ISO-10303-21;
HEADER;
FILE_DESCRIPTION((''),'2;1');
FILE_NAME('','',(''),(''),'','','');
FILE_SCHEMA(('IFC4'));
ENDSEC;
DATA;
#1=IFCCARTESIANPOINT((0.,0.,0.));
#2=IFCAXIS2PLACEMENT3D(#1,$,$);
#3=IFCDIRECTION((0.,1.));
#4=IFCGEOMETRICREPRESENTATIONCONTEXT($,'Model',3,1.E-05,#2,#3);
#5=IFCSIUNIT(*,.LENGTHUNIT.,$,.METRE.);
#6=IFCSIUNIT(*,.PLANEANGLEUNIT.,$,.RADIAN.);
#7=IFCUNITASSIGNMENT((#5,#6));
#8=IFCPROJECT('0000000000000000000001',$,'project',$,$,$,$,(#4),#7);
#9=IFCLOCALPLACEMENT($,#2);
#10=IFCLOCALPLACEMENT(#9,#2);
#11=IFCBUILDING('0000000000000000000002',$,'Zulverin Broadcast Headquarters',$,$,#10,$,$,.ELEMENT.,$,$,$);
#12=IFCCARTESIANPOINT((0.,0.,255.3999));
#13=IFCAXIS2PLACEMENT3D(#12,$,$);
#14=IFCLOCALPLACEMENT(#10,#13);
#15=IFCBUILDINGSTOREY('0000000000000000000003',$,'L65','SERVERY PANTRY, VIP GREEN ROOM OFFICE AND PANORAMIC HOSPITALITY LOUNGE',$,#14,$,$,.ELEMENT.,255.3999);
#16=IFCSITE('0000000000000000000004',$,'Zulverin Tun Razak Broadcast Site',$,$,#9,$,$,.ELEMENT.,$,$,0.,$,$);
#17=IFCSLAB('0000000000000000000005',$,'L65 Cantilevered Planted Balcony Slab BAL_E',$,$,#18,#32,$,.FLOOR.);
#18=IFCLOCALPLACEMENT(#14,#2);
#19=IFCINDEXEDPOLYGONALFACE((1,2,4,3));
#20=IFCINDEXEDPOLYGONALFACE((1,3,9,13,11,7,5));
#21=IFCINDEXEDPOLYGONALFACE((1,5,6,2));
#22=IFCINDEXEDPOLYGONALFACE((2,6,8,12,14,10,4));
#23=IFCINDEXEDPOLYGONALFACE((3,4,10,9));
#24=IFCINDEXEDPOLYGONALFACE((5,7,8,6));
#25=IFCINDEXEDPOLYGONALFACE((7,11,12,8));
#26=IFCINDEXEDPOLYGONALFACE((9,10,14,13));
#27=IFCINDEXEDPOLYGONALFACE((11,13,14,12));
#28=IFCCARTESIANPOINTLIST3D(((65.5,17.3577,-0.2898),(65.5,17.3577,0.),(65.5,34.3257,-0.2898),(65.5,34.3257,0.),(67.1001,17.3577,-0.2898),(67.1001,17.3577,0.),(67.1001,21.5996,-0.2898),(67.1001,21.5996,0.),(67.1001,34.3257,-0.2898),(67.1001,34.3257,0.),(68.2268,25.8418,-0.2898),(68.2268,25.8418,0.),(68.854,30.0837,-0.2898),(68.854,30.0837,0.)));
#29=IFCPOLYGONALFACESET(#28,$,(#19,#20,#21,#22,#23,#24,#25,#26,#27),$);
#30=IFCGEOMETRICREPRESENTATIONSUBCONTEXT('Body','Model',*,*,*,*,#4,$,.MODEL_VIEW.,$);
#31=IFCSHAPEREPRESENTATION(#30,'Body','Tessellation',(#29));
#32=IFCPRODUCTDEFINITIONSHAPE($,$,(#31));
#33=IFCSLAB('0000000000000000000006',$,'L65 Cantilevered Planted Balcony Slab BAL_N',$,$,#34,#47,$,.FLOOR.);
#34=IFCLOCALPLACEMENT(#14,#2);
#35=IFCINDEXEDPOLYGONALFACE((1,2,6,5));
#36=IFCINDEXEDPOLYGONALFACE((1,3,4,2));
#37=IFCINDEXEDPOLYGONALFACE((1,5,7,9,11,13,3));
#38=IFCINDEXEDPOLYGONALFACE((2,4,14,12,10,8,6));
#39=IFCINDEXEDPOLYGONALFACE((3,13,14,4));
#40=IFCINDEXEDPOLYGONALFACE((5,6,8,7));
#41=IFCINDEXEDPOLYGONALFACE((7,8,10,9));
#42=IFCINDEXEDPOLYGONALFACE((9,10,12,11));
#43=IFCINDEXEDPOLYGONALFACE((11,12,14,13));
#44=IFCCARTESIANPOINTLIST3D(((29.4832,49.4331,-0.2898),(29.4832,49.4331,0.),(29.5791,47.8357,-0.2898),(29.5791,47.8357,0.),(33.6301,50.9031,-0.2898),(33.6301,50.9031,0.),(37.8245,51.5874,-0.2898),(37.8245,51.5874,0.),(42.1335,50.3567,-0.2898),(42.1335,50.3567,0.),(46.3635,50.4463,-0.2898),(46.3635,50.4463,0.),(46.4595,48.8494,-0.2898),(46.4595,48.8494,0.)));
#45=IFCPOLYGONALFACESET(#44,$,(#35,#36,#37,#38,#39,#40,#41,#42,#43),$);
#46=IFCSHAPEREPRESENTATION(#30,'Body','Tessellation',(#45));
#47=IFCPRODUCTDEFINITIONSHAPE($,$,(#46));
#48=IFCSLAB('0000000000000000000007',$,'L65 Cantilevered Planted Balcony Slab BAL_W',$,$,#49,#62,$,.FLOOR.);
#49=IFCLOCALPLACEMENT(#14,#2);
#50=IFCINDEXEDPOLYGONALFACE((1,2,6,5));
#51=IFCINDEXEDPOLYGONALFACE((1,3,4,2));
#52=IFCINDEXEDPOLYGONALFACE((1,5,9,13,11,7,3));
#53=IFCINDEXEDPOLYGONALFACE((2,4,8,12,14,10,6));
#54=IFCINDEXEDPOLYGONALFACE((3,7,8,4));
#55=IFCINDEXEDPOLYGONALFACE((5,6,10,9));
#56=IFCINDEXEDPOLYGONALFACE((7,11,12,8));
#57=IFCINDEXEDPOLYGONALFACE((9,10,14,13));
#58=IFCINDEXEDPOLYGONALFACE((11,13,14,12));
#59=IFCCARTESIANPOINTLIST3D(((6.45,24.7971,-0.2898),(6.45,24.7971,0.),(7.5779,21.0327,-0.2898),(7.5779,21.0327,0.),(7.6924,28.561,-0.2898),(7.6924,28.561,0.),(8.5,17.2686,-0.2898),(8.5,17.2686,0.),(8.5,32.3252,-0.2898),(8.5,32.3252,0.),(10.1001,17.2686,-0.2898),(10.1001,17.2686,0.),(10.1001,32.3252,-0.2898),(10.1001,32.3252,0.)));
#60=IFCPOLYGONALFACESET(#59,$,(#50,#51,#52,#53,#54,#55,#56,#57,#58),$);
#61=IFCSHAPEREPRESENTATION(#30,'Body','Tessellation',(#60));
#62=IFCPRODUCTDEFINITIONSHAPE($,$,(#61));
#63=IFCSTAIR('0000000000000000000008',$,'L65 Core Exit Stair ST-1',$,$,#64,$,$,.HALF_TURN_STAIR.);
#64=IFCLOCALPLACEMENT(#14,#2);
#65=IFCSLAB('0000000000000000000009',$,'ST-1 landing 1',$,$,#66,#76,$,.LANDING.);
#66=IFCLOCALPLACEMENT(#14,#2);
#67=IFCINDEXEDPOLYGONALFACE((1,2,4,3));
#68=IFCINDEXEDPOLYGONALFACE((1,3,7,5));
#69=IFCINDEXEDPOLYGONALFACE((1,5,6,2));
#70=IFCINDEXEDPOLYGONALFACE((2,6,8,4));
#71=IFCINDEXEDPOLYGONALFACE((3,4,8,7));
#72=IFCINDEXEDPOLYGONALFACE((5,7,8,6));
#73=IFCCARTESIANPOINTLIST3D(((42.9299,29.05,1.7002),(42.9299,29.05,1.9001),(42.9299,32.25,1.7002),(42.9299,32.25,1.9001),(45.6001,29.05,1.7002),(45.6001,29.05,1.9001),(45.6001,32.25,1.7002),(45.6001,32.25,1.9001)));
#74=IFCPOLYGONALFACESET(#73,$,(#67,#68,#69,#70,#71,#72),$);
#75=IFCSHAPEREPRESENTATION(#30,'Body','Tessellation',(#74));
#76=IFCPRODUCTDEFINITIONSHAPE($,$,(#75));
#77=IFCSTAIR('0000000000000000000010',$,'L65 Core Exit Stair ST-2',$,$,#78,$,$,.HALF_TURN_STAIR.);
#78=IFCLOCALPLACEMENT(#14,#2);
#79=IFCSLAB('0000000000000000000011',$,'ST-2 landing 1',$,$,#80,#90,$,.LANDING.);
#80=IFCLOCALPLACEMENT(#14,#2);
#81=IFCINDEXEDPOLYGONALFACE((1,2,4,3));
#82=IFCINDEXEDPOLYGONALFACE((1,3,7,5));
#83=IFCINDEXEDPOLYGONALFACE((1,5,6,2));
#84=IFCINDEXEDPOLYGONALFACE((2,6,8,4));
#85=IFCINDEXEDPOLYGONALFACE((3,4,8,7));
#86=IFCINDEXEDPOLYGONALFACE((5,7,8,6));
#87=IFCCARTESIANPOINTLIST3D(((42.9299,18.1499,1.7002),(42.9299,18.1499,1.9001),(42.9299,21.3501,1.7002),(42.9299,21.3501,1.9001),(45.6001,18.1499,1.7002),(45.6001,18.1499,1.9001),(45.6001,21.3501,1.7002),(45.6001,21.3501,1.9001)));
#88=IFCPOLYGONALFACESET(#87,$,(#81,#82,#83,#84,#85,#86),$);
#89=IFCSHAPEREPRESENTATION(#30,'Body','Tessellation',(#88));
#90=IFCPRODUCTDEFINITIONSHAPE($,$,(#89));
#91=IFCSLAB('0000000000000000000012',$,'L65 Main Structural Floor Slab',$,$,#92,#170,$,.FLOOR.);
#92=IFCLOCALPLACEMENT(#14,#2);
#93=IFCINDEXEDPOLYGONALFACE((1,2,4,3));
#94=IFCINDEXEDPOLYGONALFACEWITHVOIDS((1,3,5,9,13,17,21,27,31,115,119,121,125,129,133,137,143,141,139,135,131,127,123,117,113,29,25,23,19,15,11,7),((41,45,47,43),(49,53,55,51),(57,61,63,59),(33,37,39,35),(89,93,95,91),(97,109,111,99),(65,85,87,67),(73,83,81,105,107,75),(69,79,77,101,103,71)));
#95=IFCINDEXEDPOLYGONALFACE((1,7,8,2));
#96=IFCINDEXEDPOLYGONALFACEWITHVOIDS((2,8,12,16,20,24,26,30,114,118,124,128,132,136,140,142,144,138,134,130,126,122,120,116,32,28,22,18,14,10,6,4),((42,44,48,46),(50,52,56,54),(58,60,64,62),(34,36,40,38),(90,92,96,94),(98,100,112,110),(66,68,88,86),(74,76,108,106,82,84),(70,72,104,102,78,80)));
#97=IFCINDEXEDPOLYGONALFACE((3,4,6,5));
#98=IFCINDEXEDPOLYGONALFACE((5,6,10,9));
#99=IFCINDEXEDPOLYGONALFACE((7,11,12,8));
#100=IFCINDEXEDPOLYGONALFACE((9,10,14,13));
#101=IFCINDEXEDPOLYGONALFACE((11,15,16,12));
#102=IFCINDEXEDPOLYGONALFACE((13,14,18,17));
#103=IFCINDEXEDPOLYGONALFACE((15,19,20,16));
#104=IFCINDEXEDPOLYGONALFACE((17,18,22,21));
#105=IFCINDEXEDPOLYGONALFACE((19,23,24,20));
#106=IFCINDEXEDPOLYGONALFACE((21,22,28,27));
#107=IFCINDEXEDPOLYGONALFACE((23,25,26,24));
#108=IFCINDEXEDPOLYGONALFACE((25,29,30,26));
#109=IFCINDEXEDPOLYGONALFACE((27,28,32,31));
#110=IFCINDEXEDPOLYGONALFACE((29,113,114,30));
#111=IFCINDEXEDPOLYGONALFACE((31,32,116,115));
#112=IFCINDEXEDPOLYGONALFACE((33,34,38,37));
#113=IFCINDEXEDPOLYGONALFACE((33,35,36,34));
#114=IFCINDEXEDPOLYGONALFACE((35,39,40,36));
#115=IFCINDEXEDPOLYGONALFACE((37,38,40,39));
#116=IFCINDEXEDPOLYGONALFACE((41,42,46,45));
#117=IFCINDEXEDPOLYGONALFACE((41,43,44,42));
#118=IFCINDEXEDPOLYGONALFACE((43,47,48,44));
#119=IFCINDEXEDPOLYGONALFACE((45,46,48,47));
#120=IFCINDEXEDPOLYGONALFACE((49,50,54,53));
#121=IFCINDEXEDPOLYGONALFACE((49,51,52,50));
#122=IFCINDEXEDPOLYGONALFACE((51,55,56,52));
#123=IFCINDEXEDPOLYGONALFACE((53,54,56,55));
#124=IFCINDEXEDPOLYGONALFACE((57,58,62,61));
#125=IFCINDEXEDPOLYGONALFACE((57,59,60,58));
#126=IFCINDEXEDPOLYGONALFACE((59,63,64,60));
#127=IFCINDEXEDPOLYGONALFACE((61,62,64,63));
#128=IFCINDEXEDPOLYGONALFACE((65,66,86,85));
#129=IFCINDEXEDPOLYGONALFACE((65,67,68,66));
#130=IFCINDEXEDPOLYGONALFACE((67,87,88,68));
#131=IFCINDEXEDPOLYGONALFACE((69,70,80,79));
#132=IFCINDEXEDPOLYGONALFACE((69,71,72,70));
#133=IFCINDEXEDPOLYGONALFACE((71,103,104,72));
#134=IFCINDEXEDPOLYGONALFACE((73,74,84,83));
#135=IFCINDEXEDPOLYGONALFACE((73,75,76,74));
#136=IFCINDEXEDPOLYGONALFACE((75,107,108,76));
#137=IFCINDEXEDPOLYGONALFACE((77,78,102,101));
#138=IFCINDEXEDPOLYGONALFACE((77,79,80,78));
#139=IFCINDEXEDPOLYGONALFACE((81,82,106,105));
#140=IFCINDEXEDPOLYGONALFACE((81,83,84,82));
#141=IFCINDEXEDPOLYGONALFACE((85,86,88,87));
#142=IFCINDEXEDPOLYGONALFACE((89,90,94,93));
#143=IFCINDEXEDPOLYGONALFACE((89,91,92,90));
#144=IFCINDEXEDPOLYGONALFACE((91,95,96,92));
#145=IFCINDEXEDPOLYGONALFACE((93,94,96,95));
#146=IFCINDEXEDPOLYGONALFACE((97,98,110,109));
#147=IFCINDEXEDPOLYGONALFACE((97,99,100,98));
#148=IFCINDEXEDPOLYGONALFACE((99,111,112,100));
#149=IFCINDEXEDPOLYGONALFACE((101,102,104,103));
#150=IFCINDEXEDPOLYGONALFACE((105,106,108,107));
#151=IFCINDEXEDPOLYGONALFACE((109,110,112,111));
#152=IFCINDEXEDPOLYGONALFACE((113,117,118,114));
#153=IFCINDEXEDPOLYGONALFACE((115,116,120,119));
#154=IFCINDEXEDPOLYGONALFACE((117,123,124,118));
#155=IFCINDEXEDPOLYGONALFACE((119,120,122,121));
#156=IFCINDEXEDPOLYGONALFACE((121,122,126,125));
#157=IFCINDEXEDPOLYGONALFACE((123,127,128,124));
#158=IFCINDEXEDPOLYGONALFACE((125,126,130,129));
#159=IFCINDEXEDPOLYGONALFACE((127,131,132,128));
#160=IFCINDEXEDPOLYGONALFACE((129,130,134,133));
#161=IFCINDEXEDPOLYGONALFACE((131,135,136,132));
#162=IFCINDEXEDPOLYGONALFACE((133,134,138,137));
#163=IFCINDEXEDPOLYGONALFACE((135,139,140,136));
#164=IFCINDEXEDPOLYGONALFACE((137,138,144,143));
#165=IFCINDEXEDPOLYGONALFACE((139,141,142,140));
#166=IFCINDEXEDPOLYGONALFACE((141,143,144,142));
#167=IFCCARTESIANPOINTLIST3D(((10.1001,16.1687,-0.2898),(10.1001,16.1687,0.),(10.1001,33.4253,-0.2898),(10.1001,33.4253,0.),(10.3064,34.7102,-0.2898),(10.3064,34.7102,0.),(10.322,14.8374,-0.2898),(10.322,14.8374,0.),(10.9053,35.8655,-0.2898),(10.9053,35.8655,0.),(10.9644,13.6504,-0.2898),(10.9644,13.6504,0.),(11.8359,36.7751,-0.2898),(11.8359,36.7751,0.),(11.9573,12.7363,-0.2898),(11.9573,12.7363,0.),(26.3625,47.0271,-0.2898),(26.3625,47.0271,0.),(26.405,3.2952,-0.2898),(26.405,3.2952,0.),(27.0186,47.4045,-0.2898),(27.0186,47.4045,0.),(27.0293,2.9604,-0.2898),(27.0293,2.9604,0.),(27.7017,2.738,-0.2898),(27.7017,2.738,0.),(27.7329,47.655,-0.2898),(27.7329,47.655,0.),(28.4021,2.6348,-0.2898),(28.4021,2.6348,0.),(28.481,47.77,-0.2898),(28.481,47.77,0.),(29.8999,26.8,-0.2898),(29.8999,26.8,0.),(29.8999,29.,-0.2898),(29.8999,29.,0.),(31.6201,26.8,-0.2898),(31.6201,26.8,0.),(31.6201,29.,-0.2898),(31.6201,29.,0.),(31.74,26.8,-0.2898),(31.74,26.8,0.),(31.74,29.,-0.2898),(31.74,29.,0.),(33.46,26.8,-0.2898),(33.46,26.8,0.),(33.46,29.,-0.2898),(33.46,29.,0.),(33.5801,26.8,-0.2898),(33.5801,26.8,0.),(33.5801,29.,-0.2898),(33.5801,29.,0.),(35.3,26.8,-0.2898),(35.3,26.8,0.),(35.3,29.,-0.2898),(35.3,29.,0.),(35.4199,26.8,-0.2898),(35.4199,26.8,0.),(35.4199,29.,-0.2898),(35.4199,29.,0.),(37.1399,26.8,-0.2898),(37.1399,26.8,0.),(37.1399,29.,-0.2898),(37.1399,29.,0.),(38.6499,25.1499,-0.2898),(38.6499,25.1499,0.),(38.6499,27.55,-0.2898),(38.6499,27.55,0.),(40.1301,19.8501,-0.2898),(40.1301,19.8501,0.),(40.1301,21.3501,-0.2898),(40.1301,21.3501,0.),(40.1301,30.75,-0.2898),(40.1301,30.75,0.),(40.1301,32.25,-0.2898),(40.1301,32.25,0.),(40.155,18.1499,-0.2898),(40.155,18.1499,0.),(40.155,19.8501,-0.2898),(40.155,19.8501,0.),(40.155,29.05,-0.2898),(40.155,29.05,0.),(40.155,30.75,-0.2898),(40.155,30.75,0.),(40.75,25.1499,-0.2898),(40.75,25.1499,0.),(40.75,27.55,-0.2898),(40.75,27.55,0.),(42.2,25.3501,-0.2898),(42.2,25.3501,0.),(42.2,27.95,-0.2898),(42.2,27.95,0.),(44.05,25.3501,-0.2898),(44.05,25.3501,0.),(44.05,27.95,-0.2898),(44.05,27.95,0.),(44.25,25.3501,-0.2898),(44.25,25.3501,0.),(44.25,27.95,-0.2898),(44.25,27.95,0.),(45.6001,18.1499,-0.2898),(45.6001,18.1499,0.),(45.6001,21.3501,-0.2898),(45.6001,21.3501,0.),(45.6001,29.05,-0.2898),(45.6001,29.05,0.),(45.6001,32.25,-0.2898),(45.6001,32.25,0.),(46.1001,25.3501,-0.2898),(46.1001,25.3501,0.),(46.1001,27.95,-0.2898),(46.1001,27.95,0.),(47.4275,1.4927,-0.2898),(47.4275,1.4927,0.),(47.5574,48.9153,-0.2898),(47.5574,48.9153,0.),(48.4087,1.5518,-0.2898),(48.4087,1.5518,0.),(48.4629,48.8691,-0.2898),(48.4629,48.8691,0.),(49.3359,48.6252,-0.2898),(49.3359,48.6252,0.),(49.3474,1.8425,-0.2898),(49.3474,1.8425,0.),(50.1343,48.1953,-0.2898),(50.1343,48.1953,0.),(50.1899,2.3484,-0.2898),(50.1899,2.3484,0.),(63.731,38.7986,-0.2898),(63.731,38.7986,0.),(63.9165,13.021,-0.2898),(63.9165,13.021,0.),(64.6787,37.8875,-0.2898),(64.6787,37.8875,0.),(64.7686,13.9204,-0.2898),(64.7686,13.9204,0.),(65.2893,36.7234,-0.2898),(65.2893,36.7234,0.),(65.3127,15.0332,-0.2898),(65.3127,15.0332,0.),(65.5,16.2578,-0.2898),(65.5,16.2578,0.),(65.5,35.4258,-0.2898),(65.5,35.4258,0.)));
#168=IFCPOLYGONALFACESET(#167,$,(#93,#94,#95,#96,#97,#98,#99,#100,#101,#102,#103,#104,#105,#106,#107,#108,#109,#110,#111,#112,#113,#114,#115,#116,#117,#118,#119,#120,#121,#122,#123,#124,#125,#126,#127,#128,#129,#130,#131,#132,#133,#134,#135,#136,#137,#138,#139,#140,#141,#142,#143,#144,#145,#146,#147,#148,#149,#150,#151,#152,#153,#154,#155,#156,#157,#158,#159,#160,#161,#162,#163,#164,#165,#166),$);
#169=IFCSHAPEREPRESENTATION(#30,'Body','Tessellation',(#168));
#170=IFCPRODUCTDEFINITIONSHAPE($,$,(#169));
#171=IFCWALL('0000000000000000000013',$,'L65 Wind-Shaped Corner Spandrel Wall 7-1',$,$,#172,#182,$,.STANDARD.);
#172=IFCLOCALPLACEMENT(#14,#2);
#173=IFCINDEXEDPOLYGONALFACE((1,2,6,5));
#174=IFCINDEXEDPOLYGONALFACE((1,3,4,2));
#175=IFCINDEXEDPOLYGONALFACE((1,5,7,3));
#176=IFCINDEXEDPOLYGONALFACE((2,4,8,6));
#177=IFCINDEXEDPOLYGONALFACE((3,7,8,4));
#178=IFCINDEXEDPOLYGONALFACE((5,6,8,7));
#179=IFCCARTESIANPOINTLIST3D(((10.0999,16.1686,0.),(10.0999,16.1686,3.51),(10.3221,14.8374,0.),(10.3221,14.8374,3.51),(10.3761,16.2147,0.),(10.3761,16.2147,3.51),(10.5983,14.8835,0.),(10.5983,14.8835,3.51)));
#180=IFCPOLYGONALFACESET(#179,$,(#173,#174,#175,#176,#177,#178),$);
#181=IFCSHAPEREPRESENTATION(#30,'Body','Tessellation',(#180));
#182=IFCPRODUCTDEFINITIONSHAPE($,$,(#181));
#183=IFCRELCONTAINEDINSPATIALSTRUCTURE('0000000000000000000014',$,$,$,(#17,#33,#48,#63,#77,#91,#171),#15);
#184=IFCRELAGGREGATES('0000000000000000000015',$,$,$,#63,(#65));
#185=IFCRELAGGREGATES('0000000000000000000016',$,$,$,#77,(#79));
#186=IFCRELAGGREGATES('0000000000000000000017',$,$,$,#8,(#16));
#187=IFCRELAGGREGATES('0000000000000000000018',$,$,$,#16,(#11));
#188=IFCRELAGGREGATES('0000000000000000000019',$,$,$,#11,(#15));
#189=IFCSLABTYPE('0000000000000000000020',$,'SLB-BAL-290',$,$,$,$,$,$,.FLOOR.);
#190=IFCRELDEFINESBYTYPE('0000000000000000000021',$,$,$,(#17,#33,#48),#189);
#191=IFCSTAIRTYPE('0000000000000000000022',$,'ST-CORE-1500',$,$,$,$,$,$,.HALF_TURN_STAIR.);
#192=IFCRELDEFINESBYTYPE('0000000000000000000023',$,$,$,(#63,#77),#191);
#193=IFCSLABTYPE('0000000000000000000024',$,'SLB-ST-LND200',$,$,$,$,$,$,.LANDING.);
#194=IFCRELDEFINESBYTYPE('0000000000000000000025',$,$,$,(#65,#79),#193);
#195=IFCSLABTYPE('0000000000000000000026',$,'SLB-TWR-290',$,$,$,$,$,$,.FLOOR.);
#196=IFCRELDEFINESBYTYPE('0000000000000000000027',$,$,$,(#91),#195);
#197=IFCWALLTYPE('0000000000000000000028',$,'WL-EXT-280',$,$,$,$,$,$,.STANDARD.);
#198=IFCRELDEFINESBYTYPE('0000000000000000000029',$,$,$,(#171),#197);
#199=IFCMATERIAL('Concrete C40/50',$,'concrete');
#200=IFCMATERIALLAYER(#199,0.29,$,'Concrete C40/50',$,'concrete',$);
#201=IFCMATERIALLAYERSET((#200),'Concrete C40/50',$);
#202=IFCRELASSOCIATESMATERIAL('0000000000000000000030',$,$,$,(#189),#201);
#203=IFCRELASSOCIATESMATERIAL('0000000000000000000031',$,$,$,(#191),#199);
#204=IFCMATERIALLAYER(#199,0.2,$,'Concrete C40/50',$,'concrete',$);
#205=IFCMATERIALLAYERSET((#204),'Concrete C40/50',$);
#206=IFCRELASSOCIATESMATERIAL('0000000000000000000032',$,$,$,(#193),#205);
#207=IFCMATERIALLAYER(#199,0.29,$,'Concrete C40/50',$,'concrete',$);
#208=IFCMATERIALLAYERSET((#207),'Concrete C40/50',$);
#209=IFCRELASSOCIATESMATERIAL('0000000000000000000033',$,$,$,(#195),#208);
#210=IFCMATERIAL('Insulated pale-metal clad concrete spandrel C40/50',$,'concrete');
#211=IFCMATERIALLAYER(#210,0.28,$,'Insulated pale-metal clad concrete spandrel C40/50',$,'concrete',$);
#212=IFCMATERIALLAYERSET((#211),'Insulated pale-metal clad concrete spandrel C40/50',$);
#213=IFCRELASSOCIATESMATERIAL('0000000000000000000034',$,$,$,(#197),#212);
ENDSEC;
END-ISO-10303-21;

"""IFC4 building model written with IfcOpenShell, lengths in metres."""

from ifc_helpers import new_model, si_unit, direction, frame, frame_2d, origin, place, context, subcontext, project, spatial, polyline, rectangle, outline, extrude, material, layer, layer_set, type_object, element, aggregate, save


model = new_model("IFC4")

# Units and contexts
model_context = context("Model", 3, precision=1e-05, world=origin(), true_north=direction((0.0, 1.0)))
body_context = subcontext(model_context, "Body", "Model", "MODEL_VIEW")
ifc_project = project(units=[si_unit("LENGTHUNIT", "METRE"), si_unit("PLANEANGLEUNIT", "RADIAN")], contexts=[model_context])

# Site, building, storey
site_placement = place(None, origin())
site = spatial("IfcSite", under=ifc_project, at=site_placement, Name="Zulverin Tun Razak Broadcast Site", CompositionType="ELEMENT", RefElevation=0.0)
building_placement = place(site_placement, origin())
building = spatial("IfcBuilding", under=site, at=building_placement, Name="Zulverin Broadcast Headquarters", CompositionType="ELEMENT")
storey_placement = place(building_placement, frame((0.0, 0.0, 255.3999)))
storey = spatial("IfcBuildingStorey", under=building, at=storey_placement, Name="L65", Description="SERVERY PANTRY, VIP GREEN ROOM OFFICE AND PANORAMIC HOSPITALITY LOUNGE", CompositionType="ELEMENT", Elevation=255.3999)

# Slabs
ifc_material_1 = material(Name="Concrete C40/50", Category="concrete")
ifc_layer_1 = layer(ifc_material_1, 0.29, Name="Concrete C40/50", Category="concrete")
ifc_layer_set_1 = layer_set([ifc_layer_1], Name="Concrete C40/50")
slab_type_1 = type_object("IfcSlabType", Name="SLB-BAL-290", PredefinedType="FLOOR", material=ifc_layer_set_1)
slab_1_placement = place(storey_placement, frame((0.0, 0.0, -0.2898)))
element("IfcSlab", 1, at=slab_1_placement, inside=storey, type_object=slab_type_1, Name="L65 Cantilevered Planted Balcony Slab BAL_E", PredefinedType="FLOOR", context=body_context, shape_type="SweptSolid", body=[
    extrude(outline(polyline([(65.5, 34.3257), (65.5, 17.3577), (67.1001, 17.3577), (67.1001, 21.5996), (68.2268, 25.8418), (68.854, 30.0837), (67.1001, 34.3257), (65.5, 34.3257)])), origin(), (0.0, 0.0, 1.0), 0.2898),
])
slab_2_placement = place(storey_placement, frame((0.0, 0.0, -0.2898)))
element("IfcSlab", 2, at=slab_2_placement, inside=storey, type_object=slab_type_1, Name="L65 Cantilevered Planted Balcony Slab BAL_N", PredefinedType="FLOOR", context=body_context, shape_type="SweptSolid", body=[
    extrude(outline(polyline([(29.5791, 47.8357), (46.4595, 48.8494), (46.3635, 50.4463), (42.1335, 50.3567), (37.8245, 51.5874), (33.6301, 50.9031), (29.4832, 49.4331), (29.5791, 47.8357)])), origin(), (0.0, 0.0, 1.0), 0.2898),
])
slab_3_placement = place(storey_placement, frame((0.0, 0.0, -0.2898)))
element("IfcSlab", 3, at=slab_3_placement, inside=storey, type_object=slab_type_1, Name="L65 Cantilevered Planted Balcony Slab BAL_W", PredefinedType="FLOOR", context=body_context, shape_type="SweptSolid", body=[
    extrude(outline(polyline([(10.1001, 17.2686), (10.1001, 32.3252), (8.5, 32.3252), (7.6924, 28.561), (6.45, 24.7971), (7.5779, 21.0327), (8.5, 17.2686), (10.1001, 17.2686)])), origin(), (0.0, 0.0, 1.0), 0.2898),
])

# Stairs, slabs
stair_type = type_object("IfcStairType", Name="ST-CORE-1500", PredefinedType="HALF_TURN_STAIR", material=ifc_material_1)
stair_1_placement = place(storey_placement, origin())
stair_1 = element("IfcStair", 4, at=stair_1_placement, inside=storey, type_object=stair_type, Name="L65 Core Exit Stair ST-1", PredefinedType="HALF_TURN_STAIR")
ifc_layer_2 = layer(ifc_material_1, 0.2, Name="Concrete C40/50", Category="concrete")
ifc_layer_set_2 = layer_set([ifc_layer_2], Name="Concrete C40/50")
slab_type_2 = type_object("IfcSlabType", Name="SLB-ST-LND200", PredefinedType="LANDING", material=ifc_layer_set_2)
slab_4_placement = place(storey_placement, frame((0.0, 0.0, 1.7002)))
slab_4 = element("IfcSlab", 5, at=slab_4_placement, type_object=slab_type_2, Name="ST-1 landing 1", PredefinedType="LANDING", context=body_context, shape_type="SweptSolid", body=[
    extrude(outline(polyline([(42.9299, 29.05), (45.6001, 29.05), (45.6001, 32.25), (42.9299, 32.25), (42.9299, 29.05)])), origin(), (0.0, 0.0, 1.0), 0.2),
])
aggregate(stair_1, [slab_4])
stair_2_placement = place(storey_placement, origin())
stair_2 = element("IfcStair", 6, at=stair_2_placement, inside=storey, type_object=stair_type, Name="L65 Core Exit Stair ST-2", PredefinedType="HALF_TURN_STAIR")
slab_5_placement = place(storey_placement, frame((0.0, 0.0, 1.7002)))
slab_5 = element("IfcSlab", 7, at=slab_5_placement, type_object=slab_type_2, Name="ST-2 landing 1", PredefinedType="LANDING", context=body_context, shape_type="SweptSolid", body=[
    extrude(outline(polyline([(42.9299, 18.1499), (45.6001, 18.1499), (45.6001, 21.3501), (42.9299, 21.3501), (42.9299, 18.1499)])), origin(), (0.0, 0.0, 1.0), 0.2),
])
aggregate(stair_2, [slab_5])

# Slab
ifc_layer_3 = layer(ifc_material_1, 0.29, Name="Concrete C40/50", Category="concrete")
ifc_layer_set_3 = layer_set([ifc_layer_3], Name="Concrete C40/50")
slab_type_3 = type_object("IfcSlabType", Name="SLB-TWR-290", PredefinedType="FLOOR", material=ifc_layer_set_3)
slab_6_placement = place(storey_placement, frame((0.0, 0.0, -0.2898)))
element("IfcSlab", 8, at=slab_6_placement, inside=storey, type_object=slab_type_3, Name="L65 Main Structural Floor Slab", PredefinedType="FLOOR", context=body_context, shape_type="SweptSolid", body=[
    extrude(outline(polyline([(26.405, 3.2952), (27.0293, 2.9604), (27.7017, 2.738), (28.4021, 2.6348), (47.4275, 1.4927), (48.4087, 1.5518), (49.3474, 1.8425), (50.1899, 2.3484), (63.9165, 13.021), (64.7686, 13.9204), (65.3127, 15.0332), (65.5, 16.2578), (65.5, 35.4258), (65.2893, 36.7234), (64.6787, 37.8875), (63.731, 38.7986), (50.1343, 48.1953), (49.3359, 48.6252), (48.4629, 48.8691), (47.5574, 48.9153), (28.481, 47.77), (27.7329, 47.655), (27.0186, 47.4045), (26.3625, 47.0271), (11.8359, 36.7751), (10.9053, 35.8655), (10.3064, 34.7102), (10.1001, 33.4253), (10.1001, 16.1687), (10.322, 14.8374), (10.9644, 13.6504), (11.9573, 12.7363), (26.405, 3.2952)]), holes=[polyline([(40.155, 30.75), (40.1301, 30.75), (40.1301, 32.25), (45.6001, 32.25), (45.6001, 29.05), (40.155, 29.05), (40.155, 30.75)]), polyline([(40.155, 19.8501), (40.1301, 19.8501), (40.1301, 21.3501), (45.6001, 21.3501), (45.6001, 18.1499), (40.155, 18.1499), (40.155, 19.8501)]), polyline([(29.8999, 26.8), (31.6201, 26.8), (31.6201, 29.0), (29.8999, 29.0), (29.8999, 26.8)]), polyline([(31.74, 26.8), (33.46, 26.8), (33.46, 29.0), (31.74, 29.0), (31.74, 26.8)]), polyline([(33.5801, 26.8), (35.3, 26.8), (35.3, 29.0), (33.5801, 29.0), (33.5801, 26.8)]), polyline([(35.4199, 26.8), (37.1399, 26.8), (37.1399, 29.0), (35.4199, 29.0), (35.4199, 26.8)]), polyline([(42.2, 25.3501), (44.05, 25.3501), (44.05, 27.95), (42.2, 27.95), (42.2, 25.3501)]), polyline([(44.25, 25.3501), (46.1001, 25.3501), (46.1001, 27.95), (44.25, 27.95), (44.25, 25.3501)]), polyline([(38.6499, 25.1499), (40.75, 25.1499), (40.75, 27.55), (38.6499, 27.55), (38.6499, 25.1499)])]), origin(), (0.0, 0.0, 1.0), 0.2898),
])

# Wall
ifc_material_2 = material(Name="Insulated pale-metal clad concrete spandrel C40/50", Category="concrete")
ifc_layer_4 = layer(ifc_material_2, 0.28, Name="Insulated pale-metal clad concrete spandrel C40/50", Category="concrete")
ifc_layer_set_4 = layer_set([ifc_layer_4], Name="Insulated pale-metal clad concrete spandrel C40/50")
wall_type_1 = type_object("IfcWallType", Name="WL-EXT-280", PredefinedType="STANDARD", material=ifc_layer_set_4)
wall_1_placement = place(storey_placement, frame((10.238, 16.1917, 0.0), z_axis=(0.0, 0.0, 1.0), x_axis=(0.164604, -0.98636, 0.0)))
element("IfcWall", 9, at=wall_1_placement, inside=storey, type_object=wall_type_1, Name="L65 Wind-Shaped Corner Spandrel Wall 7-1", PredefinedType="STANDARD", context=body_context, shape_type="SweptSolid", body=[
    extrude(rectangle(XDim=1.3496, YDim=0.28, at=frame_2d((0.6748, 0.0))), origin(), (0.0, 0.0, 1.0), 3.51),
])

save(model, "model.ifc")
